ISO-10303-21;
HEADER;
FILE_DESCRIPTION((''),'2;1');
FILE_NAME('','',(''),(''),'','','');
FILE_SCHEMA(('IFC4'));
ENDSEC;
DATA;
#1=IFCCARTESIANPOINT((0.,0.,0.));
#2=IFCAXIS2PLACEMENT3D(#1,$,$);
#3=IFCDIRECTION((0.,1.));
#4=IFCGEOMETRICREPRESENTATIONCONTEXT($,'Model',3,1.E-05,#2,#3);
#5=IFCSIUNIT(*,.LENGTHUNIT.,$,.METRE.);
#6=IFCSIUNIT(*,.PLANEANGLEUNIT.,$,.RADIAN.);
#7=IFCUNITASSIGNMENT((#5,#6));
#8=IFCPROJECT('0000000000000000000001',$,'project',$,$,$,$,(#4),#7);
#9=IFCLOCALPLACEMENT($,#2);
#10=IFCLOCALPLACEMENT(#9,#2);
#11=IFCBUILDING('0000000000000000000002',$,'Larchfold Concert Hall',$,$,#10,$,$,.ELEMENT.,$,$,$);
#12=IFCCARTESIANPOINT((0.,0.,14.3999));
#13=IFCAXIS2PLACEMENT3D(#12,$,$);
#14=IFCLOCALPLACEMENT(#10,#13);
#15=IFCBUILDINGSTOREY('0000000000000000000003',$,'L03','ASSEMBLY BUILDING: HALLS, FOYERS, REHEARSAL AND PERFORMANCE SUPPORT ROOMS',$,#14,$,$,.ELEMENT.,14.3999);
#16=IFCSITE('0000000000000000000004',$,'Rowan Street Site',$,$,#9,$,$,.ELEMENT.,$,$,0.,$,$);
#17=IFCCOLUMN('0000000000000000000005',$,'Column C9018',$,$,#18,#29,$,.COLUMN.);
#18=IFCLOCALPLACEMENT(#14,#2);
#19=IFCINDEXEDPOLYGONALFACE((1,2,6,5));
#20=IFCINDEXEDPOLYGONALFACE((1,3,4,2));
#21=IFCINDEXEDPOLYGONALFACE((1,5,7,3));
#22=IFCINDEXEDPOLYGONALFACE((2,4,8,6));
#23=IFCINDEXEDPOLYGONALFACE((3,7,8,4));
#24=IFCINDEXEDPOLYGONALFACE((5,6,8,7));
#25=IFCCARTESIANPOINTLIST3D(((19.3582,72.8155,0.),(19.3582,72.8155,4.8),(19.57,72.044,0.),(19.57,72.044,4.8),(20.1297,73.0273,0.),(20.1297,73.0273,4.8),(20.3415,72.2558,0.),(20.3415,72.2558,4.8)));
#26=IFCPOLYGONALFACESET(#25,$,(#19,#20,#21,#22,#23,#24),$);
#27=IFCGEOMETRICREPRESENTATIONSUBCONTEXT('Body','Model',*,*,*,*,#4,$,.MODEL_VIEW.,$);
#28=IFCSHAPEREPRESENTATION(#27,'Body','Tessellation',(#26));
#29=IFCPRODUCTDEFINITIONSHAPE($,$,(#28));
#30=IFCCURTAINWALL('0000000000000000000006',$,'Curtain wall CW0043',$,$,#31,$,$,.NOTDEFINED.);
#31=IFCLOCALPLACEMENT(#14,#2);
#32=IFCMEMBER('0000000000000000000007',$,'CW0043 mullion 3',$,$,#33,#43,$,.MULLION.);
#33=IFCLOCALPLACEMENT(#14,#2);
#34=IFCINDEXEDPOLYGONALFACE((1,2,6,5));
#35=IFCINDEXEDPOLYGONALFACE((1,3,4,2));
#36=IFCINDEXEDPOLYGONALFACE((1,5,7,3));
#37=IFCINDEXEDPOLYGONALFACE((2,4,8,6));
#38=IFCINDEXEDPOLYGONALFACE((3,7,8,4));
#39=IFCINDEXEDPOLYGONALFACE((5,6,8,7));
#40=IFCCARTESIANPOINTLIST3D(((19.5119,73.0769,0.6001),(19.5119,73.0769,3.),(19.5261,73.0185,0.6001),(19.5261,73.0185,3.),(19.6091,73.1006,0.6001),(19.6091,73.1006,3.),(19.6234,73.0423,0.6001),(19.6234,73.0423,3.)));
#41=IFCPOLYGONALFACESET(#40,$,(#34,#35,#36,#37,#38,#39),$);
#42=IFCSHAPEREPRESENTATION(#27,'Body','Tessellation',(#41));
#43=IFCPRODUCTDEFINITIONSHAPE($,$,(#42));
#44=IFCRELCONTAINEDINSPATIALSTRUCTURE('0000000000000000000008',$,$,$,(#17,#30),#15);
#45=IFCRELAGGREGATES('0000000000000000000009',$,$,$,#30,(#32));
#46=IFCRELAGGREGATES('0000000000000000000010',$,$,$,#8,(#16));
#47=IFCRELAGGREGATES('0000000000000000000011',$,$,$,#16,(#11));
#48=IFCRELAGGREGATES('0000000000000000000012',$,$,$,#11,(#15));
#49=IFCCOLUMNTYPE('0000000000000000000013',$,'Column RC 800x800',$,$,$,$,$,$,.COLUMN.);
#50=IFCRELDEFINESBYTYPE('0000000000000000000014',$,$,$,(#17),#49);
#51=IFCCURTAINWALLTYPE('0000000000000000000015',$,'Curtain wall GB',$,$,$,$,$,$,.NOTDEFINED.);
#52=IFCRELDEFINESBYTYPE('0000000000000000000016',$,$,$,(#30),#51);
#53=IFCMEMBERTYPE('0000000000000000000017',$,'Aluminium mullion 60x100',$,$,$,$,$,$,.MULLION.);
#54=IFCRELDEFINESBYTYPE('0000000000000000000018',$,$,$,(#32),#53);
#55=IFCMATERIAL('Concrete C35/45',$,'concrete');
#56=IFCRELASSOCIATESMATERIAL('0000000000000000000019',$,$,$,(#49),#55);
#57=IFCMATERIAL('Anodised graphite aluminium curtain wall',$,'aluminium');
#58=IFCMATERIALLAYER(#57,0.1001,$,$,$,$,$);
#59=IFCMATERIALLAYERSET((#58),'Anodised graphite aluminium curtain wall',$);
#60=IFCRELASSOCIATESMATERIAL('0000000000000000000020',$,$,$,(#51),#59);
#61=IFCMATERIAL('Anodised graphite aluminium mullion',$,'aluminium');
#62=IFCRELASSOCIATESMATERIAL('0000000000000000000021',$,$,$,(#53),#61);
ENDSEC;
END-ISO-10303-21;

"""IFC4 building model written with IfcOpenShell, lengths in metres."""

from ifc_helpers import new_model, si_unit, direction, frame, origin, origin_2d, place, context, subcontext, project, spatial, rectangle, extrude, material, layer, layer_set, material_profile, profile_set, type_object, element, aggregate, save


model = new_model("IFC4")

# Units and contexts
model_context = context("Model", 3, precision=1e-05, world=origin(), true_north=direction((0.0, 1.0)))
body_context = subcontext(model_context, "Body", "Model", "MODEL_VIEW")
ifc_project = project(units=[si_unit("LENGTHUNIT", "METRE"), si_unit("PLANEANGLEUNIT", "RADIAN")], contexts=[model_context])

# Site, building, storey
site_placement = place(None, origin())
site = spatial("IfcSite", under=ifc_project, at=site_placement, Name="Rowan Street Site", CompositionType="ELEMENT", RefElevation=0.0)
building_placement = place(site_placement, origin())
building = spatial("IfcBuilding", under=site, at=building_placement, Name="Larchfold Concert Hall", CompositionType="ELEMENT")
storey_placement = place(building_placement, frame((0.0, 0.0, 14.3999)))
storey = spatial("IfcBuildingStorey", under=building, at=storey_placement, Name="L03", Description="ASSEMBLY BUILDING: HALLS, FOYERS, REHEARSAL AND PERFORMANCE SUPPORT ROOMS", CompositionType="ELEMENT", Elevation=14.3999)

# Column
ifc_material_1 = material(Name="Concrete C35/45", Category="concrete")
ifc_material_profile_1 = material_profile(ifc_material_1, rectangle(XDim=0.8, YDim=0.8, at=origin_2d()))
ifc_profile_set_1 = profile_set([ifc_material_profile_1], Name="Concrete C35/45")
column_type = type_object("IfcColumnType", Name="Column RC 800x800", PredefinedType="COLUMN", material=ifc_profile_set_1)
column_placement = place(storey_placement, frame((19.8499, 72.5356, 0.0), z_axis=(0.0, 0.0, 1.0), x_axis=(0.964324, 0.264726, 0.0)))
element("IfcColumn", 1, at=column_placement, inside=storey, type_object=column_type, Name="Column C9018", PredefinedType="COLUMN", context=body_context, shape_type="SweptSolid", body=[
    extrude(rectangle(XDim=0.8, YDim=0.8, at=origin_2d()), origin(), (0.0, 0.0, 1.0), 4.8),
])

# Curtain wall, member
ifc_material_2 = material(Name="Anodised graphite aluminium curtain wall", Category="aluminium")
ifc_layer_1 = layer(ifc_material_2, 0.1001)
ifc_layer_set_1 = layer_set([ifc_layer_1], Name="Anodised graphite aluminium curtain wall")
curtain_wall_type = type_object("IfcCurtainWallType", Name="Curtain wall GB", PredefinedType="NOTDEFINED", material=ifc_layer_set_1)
curtain_wall_1_placement = place(storey_placement, origin())
curtain_wall_1 = element("IfcCurtainWall", 2, at=curtain_wall_1_placement, inside=storey, type_object=curtain_wall_type, Name="Curtain wall CW0043", PredefinedType="NOTDEFINED")
ifc_material_3 = material(Name="Anodised graphite aluminium mullion", Category="aluminium")
ifc_material_profile_2 = material_profile(ifc_material_3, rectangle(XDim=0.1001, YDim=0.0601, at=origin_2d()))
ifc_profile_set_2 = profile_set([ifc_material_profile_2], Name="Anodised graphite aluminium mullion")
member_type_1 = type_object("IfcMemberType", Name="Aluminium mullion 60x100", PredefinedType="MULLION", material=ifc_profile_set_2)
member_1_placement = place(storey_placement, frame((19.5676, 73.0596, 0.6001), z_axis=(0.0, 0.0, 1.0), x_axis=(0.971385, 0.23751, 0.0)))
member_1 = element("IfcMember", 3, at=member_1_placement, type_object=member_type_1, Name="CW0043 mullion 3", PredefinedType="MULLION", context=body_context, shape_type="SweptSolid", body=[
    extrude(rectangle(XDim=0.1001, YDim=0.0601, at=origin_2d()), origin(), (0.0, 0.0, 1.0), 2.3999),
])

aggregate(curtain_wall_1, [member_1])

save(model, "model.ifc")
